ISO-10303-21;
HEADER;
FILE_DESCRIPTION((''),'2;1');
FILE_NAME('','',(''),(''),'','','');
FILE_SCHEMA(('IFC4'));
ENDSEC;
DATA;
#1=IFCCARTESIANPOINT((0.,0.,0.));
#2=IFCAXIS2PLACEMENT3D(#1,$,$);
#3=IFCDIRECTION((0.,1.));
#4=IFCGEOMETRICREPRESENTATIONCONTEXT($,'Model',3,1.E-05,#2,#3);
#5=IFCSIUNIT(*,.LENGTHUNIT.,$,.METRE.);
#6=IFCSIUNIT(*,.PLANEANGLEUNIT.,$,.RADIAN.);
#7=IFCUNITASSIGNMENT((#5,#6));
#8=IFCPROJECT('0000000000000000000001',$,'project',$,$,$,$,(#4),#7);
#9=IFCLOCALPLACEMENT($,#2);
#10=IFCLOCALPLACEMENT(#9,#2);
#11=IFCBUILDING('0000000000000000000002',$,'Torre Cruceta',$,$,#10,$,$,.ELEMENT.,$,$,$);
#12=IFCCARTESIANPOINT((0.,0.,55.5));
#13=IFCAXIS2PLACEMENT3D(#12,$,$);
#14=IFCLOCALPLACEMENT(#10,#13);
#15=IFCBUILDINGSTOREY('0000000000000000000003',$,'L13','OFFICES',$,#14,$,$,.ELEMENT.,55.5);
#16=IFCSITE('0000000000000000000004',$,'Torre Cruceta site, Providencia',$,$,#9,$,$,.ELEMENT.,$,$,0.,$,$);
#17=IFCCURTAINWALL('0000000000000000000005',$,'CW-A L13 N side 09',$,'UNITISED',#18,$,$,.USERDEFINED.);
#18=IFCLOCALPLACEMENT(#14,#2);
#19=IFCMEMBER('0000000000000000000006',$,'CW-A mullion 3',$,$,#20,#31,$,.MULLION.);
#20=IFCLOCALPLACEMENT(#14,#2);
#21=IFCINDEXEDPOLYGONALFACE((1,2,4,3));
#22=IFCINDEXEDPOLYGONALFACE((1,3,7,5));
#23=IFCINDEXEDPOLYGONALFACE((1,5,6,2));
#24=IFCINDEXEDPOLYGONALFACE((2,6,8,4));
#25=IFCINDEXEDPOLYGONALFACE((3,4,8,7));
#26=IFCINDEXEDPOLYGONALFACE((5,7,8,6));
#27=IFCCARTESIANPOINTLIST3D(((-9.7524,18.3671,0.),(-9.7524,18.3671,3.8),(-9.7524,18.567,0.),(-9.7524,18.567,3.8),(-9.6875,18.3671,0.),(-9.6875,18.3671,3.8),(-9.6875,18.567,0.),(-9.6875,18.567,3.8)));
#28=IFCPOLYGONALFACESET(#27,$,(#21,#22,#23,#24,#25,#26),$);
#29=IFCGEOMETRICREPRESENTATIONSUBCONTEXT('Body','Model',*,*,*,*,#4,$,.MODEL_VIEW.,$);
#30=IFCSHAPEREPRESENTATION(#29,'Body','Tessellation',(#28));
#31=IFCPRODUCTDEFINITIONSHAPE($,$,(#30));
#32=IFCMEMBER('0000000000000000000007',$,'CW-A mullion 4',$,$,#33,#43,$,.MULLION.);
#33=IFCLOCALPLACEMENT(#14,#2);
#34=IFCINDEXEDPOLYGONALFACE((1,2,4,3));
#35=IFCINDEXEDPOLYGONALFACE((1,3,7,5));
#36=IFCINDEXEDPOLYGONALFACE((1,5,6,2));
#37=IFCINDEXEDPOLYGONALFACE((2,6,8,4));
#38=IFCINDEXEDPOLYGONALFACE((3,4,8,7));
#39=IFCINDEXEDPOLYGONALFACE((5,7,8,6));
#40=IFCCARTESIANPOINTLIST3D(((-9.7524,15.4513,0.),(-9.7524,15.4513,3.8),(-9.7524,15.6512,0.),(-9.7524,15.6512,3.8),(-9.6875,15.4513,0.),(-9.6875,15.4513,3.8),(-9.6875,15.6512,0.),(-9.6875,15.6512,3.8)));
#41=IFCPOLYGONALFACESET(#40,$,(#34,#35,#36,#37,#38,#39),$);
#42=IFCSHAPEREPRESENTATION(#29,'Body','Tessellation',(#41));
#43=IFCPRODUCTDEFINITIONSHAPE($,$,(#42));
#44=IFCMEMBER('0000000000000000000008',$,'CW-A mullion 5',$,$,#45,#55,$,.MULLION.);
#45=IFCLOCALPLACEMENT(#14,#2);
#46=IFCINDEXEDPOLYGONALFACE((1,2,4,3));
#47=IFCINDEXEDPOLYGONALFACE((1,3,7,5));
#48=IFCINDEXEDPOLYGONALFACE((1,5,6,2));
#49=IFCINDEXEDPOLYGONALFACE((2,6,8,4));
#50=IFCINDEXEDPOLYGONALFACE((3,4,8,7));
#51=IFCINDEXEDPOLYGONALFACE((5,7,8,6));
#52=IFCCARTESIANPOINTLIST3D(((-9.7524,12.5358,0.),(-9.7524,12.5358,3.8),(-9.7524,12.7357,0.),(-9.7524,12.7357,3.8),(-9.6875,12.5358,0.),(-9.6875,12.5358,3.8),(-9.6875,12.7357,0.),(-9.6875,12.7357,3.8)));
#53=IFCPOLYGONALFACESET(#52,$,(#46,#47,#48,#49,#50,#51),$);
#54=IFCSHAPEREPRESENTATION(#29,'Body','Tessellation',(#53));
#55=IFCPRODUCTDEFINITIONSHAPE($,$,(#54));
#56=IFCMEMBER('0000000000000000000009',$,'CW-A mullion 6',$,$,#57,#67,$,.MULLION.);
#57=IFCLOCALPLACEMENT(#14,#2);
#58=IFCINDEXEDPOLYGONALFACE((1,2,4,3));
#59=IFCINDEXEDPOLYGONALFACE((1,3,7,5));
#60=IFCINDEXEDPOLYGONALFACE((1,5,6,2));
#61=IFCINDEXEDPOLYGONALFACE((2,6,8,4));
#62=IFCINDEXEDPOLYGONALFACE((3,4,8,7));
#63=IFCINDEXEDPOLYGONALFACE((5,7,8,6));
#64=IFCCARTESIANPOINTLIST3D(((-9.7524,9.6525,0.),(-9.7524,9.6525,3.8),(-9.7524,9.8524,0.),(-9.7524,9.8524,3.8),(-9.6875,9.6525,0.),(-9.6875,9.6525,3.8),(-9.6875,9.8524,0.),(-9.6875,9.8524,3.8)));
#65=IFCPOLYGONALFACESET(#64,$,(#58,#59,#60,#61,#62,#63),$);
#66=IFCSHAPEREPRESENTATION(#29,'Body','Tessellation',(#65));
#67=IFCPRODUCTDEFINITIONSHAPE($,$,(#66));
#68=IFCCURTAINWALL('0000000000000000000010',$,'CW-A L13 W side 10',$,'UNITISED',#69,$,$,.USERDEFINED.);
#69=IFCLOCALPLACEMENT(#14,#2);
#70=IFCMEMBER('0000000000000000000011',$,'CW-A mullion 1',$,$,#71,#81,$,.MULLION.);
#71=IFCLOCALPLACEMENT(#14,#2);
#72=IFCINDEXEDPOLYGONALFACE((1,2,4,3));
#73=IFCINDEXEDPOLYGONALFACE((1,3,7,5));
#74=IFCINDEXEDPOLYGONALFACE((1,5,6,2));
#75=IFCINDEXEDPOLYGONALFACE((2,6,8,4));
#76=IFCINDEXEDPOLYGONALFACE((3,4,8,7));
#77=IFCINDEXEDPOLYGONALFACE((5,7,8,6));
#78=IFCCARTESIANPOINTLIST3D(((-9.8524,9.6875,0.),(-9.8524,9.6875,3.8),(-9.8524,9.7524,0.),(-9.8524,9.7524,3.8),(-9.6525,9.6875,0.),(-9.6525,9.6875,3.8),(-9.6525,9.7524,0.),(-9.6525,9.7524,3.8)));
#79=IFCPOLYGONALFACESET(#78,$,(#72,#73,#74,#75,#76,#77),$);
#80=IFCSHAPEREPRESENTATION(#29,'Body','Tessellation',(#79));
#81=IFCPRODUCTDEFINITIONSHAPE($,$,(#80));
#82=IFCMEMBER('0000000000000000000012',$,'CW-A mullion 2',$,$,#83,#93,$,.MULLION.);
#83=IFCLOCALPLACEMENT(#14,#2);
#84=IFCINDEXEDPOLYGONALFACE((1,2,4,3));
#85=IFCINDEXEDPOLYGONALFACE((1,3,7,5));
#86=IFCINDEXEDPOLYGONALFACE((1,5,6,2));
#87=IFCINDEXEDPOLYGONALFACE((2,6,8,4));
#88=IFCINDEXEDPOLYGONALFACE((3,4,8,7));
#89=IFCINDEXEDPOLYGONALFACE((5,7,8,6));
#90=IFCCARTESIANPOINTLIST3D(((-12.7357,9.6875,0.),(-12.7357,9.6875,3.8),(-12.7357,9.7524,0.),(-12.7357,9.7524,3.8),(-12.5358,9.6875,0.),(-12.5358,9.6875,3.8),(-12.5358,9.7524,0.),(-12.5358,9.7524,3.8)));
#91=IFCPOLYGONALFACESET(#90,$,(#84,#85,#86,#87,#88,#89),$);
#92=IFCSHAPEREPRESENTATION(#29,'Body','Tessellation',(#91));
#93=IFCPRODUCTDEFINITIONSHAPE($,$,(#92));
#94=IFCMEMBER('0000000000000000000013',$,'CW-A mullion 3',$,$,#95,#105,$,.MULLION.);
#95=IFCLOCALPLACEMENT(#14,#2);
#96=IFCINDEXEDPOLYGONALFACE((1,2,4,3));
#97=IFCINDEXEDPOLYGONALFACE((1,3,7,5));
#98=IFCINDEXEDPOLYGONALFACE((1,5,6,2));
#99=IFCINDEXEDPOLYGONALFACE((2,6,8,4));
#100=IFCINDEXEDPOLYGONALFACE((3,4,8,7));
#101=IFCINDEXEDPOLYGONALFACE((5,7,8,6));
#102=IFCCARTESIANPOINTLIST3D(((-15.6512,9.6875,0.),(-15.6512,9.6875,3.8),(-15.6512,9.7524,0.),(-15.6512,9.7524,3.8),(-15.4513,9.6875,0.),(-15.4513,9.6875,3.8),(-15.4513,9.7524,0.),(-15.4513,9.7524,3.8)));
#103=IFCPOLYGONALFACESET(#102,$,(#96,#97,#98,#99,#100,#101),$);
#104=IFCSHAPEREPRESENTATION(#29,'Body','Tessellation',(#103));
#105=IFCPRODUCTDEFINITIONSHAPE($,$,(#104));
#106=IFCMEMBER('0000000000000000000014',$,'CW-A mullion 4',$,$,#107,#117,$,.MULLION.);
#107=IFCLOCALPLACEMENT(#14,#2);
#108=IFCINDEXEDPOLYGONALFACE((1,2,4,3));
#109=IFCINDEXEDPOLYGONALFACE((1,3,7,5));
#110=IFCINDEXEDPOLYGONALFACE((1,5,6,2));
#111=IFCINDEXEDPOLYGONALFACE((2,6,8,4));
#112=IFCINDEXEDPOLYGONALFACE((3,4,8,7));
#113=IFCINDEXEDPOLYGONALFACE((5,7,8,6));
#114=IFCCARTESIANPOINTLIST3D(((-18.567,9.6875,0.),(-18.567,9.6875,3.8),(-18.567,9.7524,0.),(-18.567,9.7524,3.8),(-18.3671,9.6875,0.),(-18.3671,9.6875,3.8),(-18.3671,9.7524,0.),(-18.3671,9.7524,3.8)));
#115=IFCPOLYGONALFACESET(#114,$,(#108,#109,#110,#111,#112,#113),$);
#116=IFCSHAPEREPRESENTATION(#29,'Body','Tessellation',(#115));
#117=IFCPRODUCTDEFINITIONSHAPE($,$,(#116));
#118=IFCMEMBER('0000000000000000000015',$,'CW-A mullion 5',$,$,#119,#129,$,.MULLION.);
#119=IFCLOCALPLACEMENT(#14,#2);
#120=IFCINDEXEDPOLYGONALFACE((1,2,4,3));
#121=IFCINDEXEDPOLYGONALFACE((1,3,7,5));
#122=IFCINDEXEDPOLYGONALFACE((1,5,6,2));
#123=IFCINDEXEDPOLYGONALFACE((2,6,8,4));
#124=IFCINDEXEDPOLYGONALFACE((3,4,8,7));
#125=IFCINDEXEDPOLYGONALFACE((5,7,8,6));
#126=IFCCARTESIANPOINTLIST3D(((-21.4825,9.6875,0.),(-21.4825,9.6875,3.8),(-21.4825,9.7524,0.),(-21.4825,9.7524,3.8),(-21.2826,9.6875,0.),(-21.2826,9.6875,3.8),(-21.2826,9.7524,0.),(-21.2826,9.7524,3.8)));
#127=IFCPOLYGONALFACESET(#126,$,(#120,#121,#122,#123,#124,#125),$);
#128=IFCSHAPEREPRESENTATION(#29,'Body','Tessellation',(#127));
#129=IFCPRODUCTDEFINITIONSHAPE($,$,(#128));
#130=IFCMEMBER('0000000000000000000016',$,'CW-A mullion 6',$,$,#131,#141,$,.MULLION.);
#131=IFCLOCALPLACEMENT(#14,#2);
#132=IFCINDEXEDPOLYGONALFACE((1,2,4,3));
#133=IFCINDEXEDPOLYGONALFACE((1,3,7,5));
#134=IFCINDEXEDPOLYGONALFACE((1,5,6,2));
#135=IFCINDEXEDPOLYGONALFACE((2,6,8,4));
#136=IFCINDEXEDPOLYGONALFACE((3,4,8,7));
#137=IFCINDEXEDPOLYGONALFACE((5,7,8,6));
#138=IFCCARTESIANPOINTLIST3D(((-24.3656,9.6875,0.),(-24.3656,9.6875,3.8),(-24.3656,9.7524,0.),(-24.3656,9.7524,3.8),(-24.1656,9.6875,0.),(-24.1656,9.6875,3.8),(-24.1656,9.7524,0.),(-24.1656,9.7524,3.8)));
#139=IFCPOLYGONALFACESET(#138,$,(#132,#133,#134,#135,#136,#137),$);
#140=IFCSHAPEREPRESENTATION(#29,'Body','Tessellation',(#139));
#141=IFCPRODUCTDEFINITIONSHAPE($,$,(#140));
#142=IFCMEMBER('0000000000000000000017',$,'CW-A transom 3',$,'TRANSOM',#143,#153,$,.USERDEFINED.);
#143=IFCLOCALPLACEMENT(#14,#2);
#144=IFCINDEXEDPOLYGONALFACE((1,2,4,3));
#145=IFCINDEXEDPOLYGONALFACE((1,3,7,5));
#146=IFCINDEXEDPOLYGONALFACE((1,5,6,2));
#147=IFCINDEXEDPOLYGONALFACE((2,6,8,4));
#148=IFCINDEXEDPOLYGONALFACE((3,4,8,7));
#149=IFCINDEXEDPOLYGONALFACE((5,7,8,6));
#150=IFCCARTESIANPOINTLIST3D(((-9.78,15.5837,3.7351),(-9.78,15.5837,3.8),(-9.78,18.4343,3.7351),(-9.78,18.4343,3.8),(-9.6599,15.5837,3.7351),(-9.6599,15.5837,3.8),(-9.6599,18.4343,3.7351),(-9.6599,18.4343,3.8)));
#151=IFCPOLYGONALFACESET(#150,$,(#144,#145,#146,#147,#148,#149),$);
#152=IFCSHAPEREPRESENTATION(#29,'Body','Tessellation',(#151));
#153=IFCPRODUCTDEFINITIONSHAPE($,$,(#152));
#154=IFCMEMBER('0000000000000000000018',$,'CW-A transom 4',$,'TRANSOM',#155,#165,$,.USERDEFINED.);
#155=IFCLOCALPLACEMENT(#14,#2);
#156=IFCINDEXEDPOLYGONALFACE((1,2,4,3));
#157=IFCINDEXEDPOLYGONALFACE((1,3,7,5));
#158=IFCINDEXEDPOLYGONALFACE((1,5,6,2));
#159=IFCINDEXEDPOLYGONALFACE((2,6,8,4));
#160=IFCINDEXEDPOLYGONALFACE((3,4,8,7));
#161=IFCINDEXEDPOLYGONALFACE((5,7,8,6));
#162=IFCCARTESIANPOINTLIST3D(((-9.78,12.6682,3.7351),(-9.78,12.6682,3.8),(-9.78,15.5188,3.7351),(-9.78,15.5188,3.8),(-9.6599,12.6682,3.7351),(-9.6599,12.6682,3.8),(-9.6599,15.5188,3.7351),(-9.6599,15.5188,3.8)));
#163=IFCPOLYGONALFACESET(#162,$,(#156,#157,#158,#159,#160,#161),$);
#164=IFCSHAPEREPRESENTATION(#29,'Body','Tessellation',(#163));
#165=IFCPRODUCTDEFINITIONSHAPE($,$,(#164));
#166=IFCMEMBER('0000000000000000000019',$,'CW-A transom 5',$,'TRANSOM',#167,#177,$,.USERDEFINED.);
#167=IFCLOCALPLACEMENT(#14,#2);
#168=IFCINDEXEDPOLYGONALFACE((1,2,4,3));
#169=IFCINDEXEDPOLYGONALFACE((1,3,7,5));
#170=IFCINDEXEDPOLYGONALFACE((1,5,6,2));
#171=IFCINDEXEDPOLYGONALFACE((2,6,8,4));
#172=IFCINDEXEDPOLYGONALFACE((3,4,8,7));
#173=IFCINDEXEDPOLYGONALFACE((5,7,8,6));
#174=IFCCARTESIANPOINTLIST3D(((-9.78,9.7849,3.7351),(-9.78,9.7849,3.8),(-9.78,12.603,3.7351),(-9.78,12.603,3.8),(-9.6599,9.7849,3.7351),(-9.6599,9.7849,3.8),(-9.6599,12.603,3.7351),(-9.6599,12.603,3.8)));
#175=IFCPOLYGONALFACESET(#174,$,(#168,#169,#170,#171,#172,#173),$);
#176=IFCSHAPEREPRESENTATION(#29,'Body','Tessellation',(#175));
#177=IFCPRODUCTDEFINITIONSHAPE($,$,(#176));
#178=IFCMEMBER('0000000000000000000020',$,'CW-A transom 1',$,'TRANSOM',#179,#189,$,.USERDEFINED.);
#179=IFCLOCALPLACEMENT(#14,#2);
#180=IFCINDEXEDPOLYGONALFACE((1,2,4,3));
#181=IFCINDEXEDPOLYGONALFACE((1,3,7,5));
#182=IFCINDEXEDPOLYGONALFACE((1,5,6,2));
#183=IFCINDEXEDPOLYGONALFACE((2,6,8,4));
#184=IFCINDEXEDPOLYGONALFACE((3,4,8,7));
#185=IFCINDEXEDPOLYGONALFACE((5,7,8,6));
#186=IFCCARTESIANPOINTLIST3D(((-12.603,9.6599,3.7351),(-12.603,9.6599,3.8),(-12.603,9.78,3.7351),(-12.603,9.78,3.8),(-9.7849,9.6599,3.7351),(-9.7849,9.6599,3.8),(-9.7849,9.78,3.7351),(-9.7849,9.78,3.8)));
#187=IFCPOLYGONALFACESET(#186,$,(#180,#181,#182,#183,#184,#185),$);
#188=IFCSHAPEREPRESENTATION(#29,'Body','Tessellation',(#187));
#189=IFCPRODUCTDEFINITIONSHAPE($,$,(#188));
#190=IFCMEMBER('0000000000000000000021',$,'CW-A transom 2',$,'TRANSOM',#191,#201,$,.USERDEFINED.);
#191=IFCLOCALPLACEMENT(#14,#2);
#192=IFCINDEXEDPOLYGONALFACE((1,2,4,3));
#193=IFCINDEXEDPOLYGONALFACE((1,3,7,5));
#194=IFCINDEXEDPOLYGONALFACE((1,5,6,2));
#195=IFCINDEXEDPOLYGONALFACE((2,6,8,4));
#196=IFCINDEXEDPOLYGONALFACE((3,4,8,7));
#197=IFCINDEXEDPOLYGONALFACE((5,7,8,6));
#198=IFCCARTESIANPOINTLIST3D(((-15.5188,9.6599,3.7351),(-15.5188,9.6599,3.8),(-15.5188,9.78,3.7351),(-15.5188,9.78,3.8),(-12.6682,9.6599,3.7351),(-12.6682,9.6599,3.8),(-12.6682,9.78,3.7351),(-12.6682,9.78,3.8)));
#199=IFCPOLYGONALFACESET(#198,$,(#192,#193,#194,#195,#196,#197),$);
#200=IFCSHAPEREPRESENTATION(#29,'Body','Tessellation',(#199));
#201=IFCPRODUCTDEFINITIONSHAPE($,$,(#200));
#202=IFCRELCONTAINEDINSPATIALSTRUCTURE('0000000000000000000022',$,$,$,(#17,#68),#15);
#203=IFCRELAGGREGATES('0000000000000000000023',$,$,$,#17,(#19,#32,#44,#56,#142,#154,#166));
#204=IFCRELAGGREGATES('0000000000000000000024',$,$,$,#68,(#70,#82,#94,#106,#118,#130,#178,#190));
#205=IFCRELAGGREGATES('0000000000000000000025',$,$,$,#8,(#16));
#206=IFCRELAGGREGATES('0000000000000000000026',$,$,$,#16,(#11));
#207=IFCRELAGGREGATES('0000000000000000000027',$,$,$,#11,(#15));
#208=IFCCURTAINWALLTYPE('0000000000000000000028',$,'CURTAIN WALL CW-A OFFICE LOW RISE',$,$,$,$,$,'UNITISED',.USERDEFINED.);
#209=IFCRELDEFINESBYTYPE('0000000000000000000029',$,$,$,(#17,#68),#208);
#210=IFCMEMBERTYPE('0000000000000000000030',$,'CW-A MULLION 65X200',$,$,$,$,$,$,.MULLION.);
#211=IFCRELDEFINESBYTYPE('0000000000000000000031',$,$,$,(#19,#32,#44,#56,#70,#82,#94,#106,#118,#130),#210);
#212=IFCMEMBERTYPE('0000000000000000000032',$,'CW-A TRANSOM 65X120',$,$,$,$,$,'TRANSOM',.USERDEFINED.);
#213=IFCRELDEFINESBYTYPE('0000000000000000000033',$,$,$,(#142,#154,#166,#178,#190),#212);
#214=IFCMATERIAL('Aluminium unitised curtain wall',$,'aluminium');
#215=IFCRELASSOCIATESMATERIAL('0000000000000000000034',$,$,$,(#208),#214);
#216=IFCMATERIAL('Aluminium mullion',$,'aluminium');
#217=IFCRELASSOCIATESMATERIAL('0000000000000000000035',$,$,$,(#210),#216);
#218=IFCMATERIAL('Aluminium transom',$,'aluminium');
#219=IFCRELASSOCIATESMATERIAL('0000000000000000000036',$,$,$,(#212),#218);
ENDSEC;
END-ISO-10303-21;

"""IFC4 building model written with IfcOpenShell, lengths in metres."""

from ifc_helpers import new_model, si_unit, direction, frame, origin, origin_2d, place, context, subcontext, project, spatial, rectangle, extrude, material, material_profile, profile_set, type_object, element, aggregate, save


model = new_model("IFC4")

# Units and contexts
model_context = context("Model", 3, precision=1e-05, world=origin(), true_north=direction((0.0, 1.0)))
body_context = subcontext(model_context, "Body", "Model", "MODEL_VIEW")
ifc_project = project(units=[si_unit("LENGTHUNIT", "METRE"), si_unit("PLANEANGLEUNIT", "RADIAN")], contexts=[model_context])

# Site, building, storey
site_placement = place(None, origin())
site = spatial("IfcSite", under=ifc_project, at=site_placement, Name="Torre Cruceta site, Providencia", CompositionType="ELEMENT", RefElevation=0.0)
building_placement = place(site_placement, origin())
building = spatial("IfcBuilding", under=site, at=building_placement, Name="Torre Cruceta", CompositionType="ELEMENT")
storey_placement = place(building_placement, frame((0.0, 0.0, 55.5)))
storey = spatial("IfcBuildingStorey", under=building, at=storey_placement, Name="L13", Description="OFFICES", CompositionType="ELEMENT", Elevation=55.5)

# Curtain walls, members
ifc_material_1 = material(Name="Aluminium unitised curtain wall", Category="aluminium")
curtain_wall_type = type_object("IfcCurtainWallType", Name="CURTAIN WALL CW-A OFFICE LOW RISE", ElementType="UNITISED", PredefinedType="USERDEFINED", material=ifc_material_1)
curtain_wall_1_placement = place(storey_placement, origin())
curtain_wall_1 = element("IfcCurtainWall", 1, at=curtain_wall_1_placement, inside=storey, type_object=curtain_wall_type, Name="CW-A L13 N side 09", ObjectType="UNITISED", PredefinedType="USERDEFINED")
ifc_material_2 = material(Name="Aluminium mullion", Category="aluminium")
ifc_material_profile_1 = material_profile(ifc_material_2, rectangle(XDim=0.0649, YDim=0.2, at=origin_2d()), Name="AL 65X200")
ifc_profile_set_1 = profile_set([ifc_material_profile_1], Name="Aluminium mullion")
member_type_1 = type_object("IfcMemberType", Name="CW-A MULLION 65X200", PredefinedType="MULLION", material=ifc_profile_set_1)
member_1_placement = place(storey_placement, frame((-9.72, 18.467, 0.0), z_axis=(0.0, 0.0, 1.0), x_axis=(1.0, 0.0, 0.0)))
member_1 = element("IfcMember", 2, at=member_1_placement, type_object=member_type_1, Name="CW-A mullion 3", PredefinedType="MULLION", context=body_context, shape_type="SweptSolid", body=[
    extrude(rectangle(XDim=0.0649, YDim=0.2, at=origin_2d()), origin(), (0.0, 0.0, 1.0), 3.8),
])
member_2_placement = place(storey_placement, frame((-9.72, 15.5513, 0.0), z_axis=(0.0, 0.0, 1.0), x_axis=(1.0, 0.0, 0.0)))
member_2 = element("IfcMember", 3, at=member_2_placement, type_object=member_type_1, Name="CW-A mullion 4", PredefinedType="MULLION", context=body_context, shape_type="SweptSolid", body=[
    extrude(rectangle(XDim=0.0649, YDim=0.2, at=origin_2d()), origin(), (0.0, 0.0, 1.0), 3.8),
])
member_3_placement = place(storey_placement, frame((-9.72, 12.6357, 0.0), z_axis=(0.0, 0.0, 1.0), x_axis=(1.0, 0.0, 0.0)))
member_3 = element("IfcMember", 4, at=member_3_placement, type_object=member_type_1, Name="CW-A mullion 5", PredefinedType="MULLION", context=body_context, shape_type="SweptSolid", body=[
    extrude(rectangle(XDim=0.0649, YDim=0.2, at=origin_2d()), origin(), (0.0, 0.0, 1.0), 3.8),
])
member_4_placement = place(storey_placement, frame((-9.72, 9.7524, 0.0), z_axis=(0.0, 0.0, 1.0), x_axis=(1.0, 0.0, 0.0)))
member_4 = element("IfcMember", 5, at=member_4_placement, type_object=member_type_1, Name="CW-A mullion 6", PredefinedType="MULLION", context=body_context, shape_type="SweptSolid", body=[
    extrude(rectangle(XDim=0.0649, YDim=0.2, at=origin_2d()), origin(), (0.0, 0.0, 1.0), 3.8),
])
curtain_wall_2_placement = place(storey_placement, origin())
curtain_wall_2 = element("IfcCurtainWall", 6, at=curtain_wall_2_placement, inside=storey, type_object=curtain_wall_type, Name="CW-A L13 W side 10", ObjectType="UNITISED", PredefinedType="USERDEFINED")
member_5_placement = place(storey_placement, frame((-9.7524, 9.72, 0.0), z_axis=(0.0, 0.0, 1.0), x_axis=(0.0, -1.0, 0.0)))
member_5 = element("IfcMember", 7, at=member_5_placement, type_object=member_type_1, Name="CW-A mullion 1", PredefinedType="MULLION", context=body_context, shape_type="SweptSolid", body=[
    extrude(rectangle(XDim=0.0649, YDim=0.2, at=origin_2d()), origin(), (0.0, 0.0, 1.0), 3.8),
])
member_6_placement = place(storey_placement, frame((-12.6357, 9.72, 0.0), z_axis=(0.0, 0.0, 1.0), x_axis=(0.0, -1.0, 0.0)))
member_6 = element("IfcMember", 8, at=member_6_placement, type_object=member_type_1, Name="CW-A mullion 2", PredefinedType="MULLION", context=body_context, shape_type="SweptSolid", body=[
    extrude(rectangle(XDim=0.0649, YDim=0.2, at=origin_2d()), origin(), (0.0, 0.0, 1.0), 3.8),
])
member_7_placement = place(storey_placement, frame((-15.5513, 9.72, 0.0), z_axis=(0.0, 0.0, 1.0), x_axis=(0.0, -1.0, 0.0)))
member_7 = element("IfcMember", 9, at=member_7_placement, type_object=member_type_1, Name="CW-A mullion 3", PredefinedType="MULLION", context=body_context, shape_type="SweptSolid", body=[
    extrude(rectangle(XDim=0.0649, YDim=0.2, at=origin_2d()), origin(), (0.0, 0.0, 1.0), 3.8),
])
member_8_placement = place(storey_placement, frame((-18.467, 9.72, 0.0), z_axis=(0.0, 0.0, 1.0), x_axis=(0.0, -1.0, 0.0)))
member_8 = element("IfcMember", 10, at=member_8_placement, type_object=member_type_1, Name="CW-A mullion 4", PredefinedType="MULLION", context=body_context, shape_type="SweptSolid", body=[
    extrude(rectangle(XDim=0.0649, YDim=0.2, at=origin_2d()), origin(), (0.0, 0.0, 1.0), 3.8),
])
member_9_placement = place(storey_placement, frame((-21.3826, 9.72, 0.0), z_axis=(0.0, 0.0, 1.0), x_axis=(0.0, -1.0, 0.0)))
member_9 = element("IfcMember", 11, at=member_9_placement, type_object=member_type_1, Name="CW-A mullion 5", PredefinedType="MULLION", context=body_context, shape_type="SweptSolid", body=[
    extrude(rectangle(XDim=0.0649, YDim=0.2, at=origin_2d()), origin(), (0.0, 0.0, 1.0), 3.8),
])
member_10_placement = place(storey_placement, frame((-24.2656, 9.72, 0.0), z_axis=(0.0, 0.0, 1.0), x_axis=(0.0, -1.0, 0.0)))
member_10 = element("IfcMember", 12, at=member_10_placement, type_object=member_type_1, Name="CW-A mullion 6", PredefinedType="MULLION", context=body_context, shape_type="SweptSolid", body=[
    extrude(rectangle(XDim=0.0649, YDim=0.2, at=origin_2d()), origin(), (0.0, 0.0, 1.0), 3.8),
])

# Members
ifc_material_3 = material(Name="Aluminium transom", Category="aluminium")
ifc_material_profile_2 = material_profile(ifc_material_3, rectangle(XDim=0.1201, YDim=0.0649, at=origin_2d()), Name="AL 120X65")
ifc_profile_set_2 = profile_set([ifc_material_profile_2], Name="Aluminium transom")
member_type_2 = type_object("IfcMemberType", Name="CW-A TRANSOM 65X120", ElementType="TRANSOM", PredefinedType="USERDEFINED", material=ifc_profile_set_2)
member_11_placement = place(storey_placement, frame((-9.72, 18.4343, 3.7676), z_axis=(0.0, -1.0, 0.0), x_axis=(1.0, 0.0, 0.0)))
member_11 = element("IfcMember", 13, at=member_11_placement, type_object=member_type_2, Name="CW-A transom 3", ObjectType="TRANSOM", PredefinedType="USERDEFINED", context=body_context, shape_type="SweptSolid", body=[
    extrude(rectangle(XDim=0.1201, YDim=0.0649, at=origin_2d()), origin(), (0.0, 0.0, 1.0), 2.8506),
])
member_12_placement = place(storey_placement, frame((-9.72, 15.5188, 3.7676), z_axis=(0.0, -1.0, 0.0), x_axis=(1.0, 0.0, 0.0)))
member_12 = element("IfcMember", 14, at=member_12_placement, type_object=member_type_2, Name="CW-A transom 4", ObjectType="TRANSOM", PredefinedType="USERDEFINED", context=body_context, shape_type="SweptSolid", body=[
    extrude(rectangle(XDim=0.1201, YDim=0.0649, at=origin_2d()), origin(), (0.0, 0.0, 1.0), 2.8506),
])
member_13_placement = place(storey_placement, frame((-9.72, 12.603, 3.7676), z_axis=(0.0, -1.0, 0.0), x_axis=(1.0, 0.0, 0.0)))
member_13 = element("IfcMember", 15, at=member_13_placement, type_object=member_type_2, Name="CW-A transom 5", ObjectType="TRANSOM", PredefinedType="USERDEFINED", context=body_context, shape_type="SweptSolid", body=[
    extrude(rectangle(XDim=0.1201, YDim=0.0649, at=origin_2d()), origin(), (0.0, 0.0, 1.0), 2.8181),
])
member_14_placement = place(storey_placement, frame((-9.7849, 9.72, 3.7676), z_axis=(-1.0, 0.0, 0.0), x_axis=(0.0, -1.0, 0.0)))
member_14 = element("IfcMember", 16, at=member_14_placement, type_object=member_type_2, Name="CW-A transom 1", ObjectType="TRANSOM", PredefinedType="USERDEFINED", context=body_context, shape_type="SweptSolid", body=[
    extrude(rectangle(XDim=0.1201, YDim=0.0649, at=origin_2d()), origin(), (0.0, 0.0, 1.0), 2.8181),
])
member_15_placement = place(storey_placement, frame((-12.6682, 9.72, 3.7676), z_axis=(-1.0, 0.0, 0.0), x_axis=(0.0, -1.0, 0.0)))
member_15 = element("IfcMember", 17, at=member_15_placement, type_object=member_type_2, Name="CW-A transom 2", ObjectType="TRANSOM", PredefinedType="USERDEFINED", context=body_context, shape_type="SweptSolid", body=[
    extrude(rectangle(XDim=0.1201, YDim=0.0649, at=origin_2d()), origin(), (0.0, 0.0, 1.0), 2.8506),
])

aggregate(curtain_wall_1, [member_1, member_2, member_3, member_4, member_11, member_12, member_13])
aggregate(curtain_wall_2, [member_5, member_6, member_7, member_8, member_9, member_10, member_14, member_15])

save(model, "model.ifc")
